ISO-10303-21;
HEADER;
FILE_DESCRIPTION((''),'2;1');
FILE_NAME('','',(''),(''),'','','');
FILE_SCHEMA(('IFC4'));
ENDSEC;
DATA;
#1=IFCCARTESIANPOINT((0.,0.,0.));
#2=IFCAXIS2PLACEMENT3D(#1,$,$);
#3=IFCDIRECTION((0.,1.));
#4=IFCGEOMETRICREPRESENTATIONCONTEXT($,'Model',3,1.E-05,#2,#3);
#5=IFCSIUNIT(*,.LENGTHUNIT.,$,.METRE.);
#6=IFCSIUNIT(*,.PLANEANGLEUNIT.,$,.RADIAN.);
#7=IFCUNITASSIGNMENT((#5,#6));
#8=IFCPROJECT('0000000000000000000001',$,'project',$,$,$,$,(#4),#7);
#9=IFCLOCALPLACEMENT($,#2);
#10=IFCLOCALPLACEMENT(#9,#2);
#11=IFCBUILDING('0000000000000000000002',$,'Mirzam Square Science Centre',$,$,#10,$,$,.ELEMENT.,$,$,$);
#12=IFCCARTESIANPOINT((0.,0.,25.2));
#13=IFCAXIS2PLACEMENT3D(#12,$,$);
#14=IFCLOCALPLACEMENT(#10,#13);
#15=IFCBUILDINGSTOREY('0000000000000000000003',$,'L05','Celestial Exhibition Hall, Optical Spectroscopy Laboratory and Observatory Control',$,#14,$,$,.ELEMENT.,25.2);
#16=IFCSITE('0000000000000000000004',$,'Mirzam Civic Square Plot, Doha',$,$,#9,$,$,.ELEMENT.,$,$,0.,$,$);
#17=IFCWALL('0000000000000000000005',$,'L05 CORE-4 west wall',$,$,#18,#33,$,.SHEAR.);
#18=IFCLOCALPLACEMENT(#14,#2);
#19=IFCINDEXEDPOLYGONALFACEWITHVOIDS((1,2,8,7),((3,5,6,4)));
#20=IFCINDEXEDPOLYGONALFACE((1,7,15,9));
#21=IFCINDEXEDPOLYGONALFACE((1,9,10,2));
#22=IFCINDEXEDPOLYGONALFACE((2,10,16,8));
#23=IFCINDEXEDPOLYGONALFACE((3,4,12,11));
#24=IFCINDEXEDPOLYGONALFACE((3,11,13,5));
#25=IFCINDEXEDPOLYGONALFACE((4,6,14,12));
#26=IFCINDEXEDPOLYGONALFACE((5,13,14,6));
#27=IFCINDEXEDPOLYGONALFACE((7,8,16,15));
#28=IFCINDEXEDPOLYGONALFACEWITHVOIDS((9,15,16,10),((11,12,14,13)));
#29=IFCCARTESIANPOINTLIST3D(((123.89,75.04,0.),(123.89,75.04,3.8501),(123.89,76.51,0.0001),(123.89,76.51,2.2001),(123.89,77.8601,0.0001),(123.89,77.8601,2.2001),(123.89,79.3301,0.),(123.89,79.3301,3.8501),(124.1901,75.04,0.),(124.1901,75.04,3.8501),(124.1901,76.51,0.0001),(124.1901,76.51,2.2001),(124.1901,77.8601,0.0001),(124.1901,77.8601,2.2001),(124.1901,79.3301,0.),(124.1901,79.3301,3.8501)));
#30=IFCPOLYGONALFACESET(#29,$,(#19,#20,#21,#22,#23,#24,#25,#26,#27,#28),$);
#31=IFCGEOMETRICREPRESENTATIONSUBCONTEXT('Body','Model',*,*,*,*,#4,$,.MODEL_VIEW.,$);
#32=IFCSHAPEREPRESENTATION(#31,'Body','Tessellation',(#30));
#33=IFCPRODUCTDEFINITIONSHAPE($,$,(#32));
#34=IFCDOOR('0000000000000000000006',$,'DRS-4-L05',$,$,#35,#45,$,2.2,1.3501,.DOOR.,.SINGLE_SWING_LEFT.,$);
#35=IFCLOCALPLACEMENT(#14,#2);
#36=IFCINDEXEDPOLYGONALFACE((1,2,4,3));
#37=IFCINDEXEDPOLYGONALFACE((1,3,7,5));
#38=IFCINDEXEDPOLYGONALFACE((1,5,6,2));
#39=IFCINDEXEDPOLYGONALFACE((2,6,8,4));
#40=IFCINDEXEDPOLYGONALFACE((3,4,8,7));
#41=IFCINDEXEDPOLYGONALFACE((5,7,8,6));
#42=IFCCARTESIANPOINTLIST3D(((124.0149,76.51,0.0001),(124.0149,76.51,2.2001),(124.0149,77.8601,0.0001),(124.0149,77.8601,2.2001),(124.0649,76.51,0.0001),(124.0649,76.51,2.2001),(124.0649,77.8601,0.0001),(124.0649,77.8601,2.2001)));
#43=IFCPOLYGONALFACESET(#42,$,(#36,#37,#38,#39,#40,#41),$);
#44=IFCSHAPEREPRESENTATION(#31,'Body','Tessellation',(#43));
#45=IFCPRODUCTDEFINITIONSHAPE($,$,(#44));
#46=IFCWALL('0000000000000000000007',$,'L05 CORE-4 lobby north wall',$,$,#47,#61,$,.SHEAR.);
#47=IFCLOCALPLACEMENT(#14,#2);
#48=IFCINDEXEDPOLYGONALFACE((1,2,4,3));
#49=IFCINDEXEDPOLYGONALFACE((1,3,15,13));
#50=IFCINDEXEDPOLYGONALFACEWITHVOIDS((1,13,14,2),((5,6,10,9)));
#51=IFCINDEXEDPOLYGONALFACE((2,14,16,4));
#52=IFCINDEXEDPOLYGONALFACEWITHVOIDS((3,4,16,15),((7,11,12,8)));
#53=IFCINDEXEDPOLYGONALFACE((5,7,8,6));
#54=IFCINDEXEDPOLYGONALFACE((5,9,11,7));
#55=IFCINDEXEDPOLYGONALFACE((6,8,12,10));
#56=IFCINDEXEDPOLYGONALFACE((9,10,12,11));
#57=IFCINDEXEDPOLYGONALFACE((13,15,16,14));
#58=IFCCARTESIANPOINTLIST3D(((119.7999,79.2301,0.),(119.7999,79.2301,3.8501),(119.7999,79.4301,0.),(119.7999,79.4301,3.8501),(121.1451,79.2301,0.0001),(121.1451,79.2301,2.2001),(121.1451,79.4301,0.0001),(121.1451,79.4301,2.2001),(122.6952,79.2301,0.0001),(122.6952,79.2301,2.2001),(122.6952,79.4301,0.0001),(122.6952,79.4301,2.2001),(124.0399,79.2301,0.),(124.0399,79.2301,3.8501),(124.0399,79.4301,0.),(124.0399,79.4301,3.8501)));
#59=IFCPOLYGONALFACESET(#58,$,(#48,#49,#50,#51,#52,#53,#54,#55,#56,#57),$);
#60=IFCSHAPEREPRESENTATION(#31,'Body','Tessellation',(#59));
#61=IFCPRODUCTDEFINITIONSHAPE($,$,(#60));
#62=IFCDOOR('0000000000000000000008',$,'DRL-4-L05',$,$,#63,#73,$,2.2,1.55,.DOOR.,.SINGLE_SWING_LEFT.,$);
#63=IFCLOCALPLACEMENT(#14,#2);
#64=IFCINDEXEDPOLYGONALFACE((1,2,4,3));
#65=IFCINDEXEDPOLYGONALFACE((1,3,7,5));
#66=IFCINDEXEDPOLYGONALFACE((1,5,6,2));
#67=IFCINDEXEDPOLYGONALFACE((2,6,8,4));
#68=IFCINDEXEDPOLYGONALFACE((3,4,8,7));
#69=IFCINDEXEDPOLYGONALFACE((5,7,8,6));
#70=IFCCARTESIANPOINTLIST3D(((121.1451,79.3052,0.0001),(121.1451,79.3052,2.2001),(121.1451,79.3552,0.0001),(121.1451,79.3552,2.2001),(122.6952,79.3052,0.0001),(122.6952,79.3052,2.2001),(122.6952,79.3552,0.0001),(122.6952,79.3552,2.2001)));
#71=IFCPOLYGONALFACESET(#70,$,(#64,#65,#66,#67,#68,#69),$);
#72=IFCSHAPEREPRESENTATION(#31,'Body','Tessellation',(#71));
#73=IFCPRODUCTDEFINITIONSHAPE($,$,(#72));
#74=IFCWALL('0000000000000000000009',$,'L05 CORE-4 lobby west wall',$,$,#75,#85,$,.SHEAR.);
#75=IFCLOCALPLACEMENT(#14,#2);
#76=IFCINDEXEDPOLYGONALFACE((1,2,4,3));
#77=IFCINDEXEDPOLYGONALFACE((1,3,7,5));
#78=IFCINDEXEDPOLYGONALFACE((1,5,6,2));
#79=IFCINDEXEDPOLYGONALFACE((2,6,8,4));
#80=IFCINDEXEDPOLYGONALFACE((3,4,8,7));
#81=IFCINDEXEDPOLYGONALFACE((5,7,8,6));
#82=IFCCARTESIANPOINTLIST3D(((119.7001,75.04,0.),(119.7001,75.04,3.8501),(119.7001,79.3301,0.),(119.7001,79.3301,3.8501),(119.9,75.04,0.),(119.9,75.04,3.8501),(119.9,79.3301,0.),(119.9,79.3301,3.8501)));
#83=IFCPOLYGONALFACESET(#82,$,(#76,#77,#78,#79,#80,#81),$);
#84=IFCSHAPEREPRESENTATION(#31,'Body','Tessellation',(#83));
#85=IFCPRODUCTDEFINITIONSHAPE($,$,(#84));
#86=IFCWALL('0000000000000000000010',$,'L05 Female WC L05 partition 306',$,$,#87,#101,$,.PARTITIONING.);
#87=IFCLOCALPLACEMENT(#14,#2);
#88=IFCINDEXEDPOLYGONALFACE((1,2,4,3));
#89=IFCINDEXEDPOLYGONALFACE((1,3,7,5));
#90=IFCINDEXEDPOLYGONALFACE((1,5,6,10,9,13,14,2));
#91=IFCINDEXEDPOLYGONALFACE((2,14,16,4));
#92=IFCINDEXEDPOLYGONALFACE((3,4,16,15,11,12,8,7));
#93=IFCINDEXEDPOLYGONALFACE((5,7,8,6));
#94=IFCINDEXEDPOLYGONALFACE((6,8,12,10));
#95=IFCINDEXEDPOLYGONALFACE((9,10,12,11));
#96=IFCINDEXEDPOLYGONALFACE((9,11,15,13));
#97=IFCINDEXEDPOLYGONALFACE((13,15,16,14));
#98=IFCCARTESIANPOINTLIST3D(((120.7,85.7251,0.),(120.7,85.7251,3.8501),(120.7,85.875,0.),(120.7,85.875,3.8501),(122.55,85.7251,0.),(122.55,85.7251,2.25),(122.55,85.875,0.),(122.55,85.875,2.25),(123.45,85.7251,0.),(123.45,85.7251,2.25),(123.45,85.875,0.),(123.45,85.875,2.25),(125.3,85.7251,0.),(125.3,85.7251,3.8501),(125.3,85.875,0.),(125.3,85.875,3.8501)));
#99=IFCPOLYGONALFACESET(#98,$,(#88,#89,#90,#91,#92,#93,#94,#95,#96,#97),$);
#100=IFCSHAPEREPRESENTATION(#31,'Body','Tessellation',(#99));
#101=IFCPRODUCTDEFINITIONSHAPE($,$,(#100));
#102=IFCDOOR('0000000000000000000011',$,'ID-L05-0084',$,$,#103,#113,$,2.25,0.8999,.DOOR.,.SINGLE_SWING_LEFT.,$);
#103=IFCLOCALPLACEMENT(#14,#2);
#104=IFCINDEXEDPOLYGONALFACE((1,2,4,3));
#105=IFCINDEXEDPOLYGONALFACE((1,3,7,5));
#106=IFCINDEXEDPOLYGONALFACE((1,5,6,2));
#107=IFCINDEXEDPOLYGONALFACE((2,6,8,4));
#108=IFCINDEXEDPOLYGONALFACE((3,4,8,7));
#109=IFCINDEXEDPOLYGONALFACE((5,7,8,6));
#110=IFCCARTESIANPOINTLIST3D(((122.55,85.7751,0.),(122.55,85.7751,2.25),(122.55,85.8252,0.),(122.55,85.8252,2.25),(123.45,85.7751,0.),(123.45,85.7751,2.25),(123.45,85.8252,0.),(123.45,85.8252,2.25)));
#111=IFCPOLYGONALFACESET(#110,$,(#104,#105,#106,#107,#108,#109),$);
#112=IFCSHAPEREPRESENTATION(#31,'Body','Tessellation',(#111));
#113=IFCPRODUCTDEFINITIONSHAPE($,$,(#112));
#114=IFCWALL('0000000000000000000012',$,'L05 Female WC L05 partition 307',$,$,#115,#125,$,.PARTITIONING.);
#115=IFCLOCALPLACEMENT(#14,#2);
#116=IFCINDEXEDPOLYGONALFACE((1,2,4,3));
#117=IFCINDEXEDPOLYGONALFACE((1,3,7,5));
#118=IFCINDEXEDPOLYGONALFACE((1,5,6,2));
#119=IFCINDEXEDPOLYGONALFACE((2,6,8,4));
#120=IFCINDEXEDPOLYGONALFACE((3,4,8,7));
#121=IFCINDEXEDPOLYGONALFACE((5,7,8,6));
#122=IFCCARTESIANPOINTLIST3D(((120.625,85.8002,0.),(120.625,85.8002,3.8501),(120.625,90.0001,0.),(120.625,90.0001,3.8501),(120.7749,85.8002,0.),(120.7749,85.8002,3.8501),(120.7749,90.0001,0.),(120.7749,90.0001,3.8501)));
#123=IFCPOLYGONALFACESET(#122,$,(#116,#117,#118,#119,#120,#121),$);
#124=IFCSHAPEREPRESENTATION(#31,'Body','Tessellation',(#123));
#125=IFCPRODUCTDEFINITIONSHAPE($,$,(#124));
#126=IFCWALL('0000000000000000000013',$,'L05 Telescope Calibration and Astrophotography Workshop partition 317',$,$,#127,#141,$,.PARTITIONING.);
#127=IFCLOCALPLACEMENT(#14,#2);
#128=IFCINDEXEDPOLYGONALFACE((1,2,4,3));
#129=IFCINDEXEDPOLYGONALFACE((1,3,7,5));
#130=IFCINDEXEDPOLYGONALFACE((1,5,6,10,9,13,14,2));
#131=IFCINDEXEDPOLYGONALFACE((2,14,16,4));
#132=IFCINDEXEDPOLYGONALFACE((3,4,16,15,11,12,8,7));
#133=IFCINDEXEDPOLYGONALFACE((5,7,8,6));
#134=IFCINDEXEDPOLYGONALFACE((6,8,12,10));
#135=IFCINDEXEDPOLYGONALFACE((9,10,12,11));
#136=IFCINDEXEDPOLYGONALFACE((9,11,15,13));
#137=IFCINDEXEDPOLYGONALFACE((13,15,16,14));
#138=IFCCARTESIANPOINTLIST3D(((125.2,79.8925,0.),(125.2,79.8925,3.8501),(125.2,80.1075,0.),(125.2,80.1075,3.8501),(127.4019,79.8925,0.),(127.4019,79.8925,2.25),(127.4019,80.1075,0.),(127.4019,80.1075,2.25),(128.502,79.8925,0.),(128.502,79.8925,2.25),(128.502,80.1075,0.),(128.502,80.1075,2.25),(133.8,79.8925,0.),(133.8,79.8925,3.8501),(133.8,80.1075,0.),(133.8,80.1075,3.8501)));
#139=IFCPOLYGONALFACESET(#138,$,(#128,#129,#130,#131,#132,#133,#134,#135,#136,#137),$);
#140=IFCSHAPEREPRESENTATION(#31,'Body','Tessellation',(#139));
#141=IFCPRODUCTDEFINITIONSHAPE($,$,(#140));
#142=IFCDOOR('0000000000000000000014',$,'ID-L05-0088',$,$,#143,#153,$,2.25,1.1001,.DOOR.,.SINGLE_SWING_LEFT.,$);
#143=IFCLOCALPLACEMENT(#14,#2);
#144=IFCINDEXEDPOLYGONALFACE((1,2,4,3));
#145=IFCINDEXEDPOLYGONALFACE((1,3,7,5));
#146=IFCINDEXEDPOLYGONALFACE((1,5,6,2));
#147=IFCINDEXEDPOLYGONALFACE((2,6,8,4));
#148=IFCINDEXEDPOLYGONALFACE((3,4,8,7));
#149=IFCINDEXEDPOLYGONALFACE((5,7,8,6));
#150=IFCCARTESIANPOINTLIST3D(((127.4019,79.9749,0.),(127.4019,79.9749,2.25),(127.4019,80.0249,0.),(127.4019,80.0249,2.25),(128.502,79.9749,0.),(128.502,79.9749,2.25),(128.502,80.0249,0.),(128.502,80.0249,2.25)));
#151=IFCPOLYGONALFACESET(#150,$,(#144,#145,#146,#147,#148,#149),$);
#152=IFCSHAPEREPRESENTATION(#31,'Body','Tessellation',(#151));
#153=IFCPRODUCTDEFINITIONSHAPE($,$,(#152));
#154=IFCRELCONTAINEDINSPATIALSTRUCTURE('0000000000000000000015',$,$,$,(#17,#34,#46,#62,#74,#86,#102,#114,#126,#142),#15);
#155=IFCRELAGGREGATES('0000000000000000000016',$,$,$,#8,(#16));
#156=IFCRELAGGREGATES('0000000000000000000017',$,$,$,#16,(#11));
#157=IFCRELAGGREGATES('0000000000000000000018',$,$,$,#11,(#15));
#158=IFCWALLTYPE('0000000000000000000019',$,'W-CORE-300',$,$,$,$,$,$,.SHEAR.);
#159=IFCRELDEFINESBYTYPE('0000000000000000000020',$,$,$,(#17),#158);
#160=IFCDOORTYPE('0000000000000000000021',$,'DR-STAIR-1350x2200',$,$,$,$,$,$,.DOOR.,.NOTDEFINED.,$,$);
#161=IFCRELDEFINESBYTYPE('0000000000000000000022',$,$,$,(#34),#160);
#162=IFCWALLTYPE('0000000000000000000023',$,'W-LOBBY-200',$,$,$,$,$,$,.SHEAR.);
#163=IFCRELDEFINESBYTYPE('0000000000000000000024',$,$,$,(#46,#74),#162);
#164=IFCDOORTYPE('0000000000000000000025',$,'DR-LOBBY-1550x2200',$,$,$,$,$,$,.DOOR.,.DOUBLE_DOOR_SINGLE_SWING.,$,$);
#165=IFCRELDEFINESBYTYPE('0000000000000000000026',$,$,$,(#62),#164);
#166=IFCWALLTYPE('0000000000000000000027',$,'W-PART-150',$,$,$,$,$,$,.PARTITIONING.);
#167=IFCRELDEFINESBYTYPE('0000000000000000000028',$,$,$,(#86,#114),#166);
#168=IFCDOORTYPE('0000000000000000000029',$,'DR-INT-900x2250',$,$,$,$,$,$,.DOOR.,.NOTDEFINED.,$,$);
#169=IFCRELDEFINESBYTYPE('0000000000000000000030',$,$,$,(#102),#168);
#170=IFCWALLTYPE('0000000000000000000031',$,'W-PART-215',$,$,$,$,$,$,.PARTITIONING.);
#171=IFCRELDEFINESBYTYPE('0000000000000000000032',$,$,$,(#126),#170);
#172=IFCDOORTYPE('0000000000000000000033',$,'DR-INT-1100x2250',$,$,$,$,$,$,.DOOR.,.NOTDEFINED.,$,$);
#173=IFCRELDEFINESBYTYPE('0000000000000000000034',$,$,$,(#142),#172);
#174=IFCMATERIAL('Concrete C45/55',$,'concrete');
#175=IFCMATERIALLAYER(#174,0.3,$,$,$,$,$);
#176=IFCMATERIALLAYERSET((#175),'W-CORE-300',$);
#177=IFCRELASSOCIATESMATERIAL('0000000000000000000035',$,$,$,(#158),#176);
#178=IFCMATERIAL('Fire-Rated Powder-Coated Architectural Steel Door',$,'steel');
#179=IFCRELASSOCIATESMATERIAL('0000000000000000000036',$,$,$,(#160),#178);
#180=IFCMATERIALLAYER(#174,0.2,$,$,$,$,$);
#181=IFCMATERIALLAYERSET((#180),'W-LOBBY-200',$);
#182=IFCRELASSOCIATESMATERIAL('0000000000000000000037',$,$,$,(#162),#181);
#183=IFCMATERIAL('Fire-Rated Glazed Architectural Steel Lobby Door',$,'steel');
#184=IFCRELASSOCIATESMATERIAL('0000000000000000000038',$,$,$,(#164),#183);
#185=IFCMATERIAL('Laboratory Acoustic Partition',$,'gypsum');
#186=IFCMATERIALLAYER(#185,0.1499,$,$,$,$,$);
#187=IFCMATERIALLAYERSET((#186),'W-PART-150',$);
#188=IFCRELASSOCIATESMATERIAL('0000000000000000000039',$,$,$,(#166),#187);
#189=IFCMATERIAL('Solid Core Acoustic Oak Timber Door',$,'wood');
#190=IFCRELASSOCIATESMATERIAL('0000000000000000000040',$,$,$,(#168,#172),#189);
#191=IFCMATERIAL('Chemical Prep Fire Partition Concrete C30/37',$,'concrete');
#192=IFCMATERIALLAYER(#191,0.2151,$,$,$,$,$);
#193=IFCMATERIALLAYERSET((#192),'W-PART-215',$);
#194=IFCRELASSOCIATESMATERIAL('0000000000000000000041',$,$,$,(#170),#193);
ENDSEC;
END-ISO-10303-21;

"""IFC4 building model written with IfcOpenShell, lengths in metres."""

from ifc_helpers import new_model, si_unit, direction, frame, frame_2d, origin, place, context, subcontext, project, spatial, rectangle, extrude, material, layer, layer_set, type_object, element, fill, save


model = new_model("IFC4")

# Units and contexts
model_context = context("Model", 3, precision=1e-05, world=origin(), true_north=direction((0.0, 1.0)))
body_context = subcontext(model_context, "Body", "Model", "MODEL_VIEW")
ifc_project = project(units=[si_unit("LENGTHUNIT", "METRE"), si_unit("PLANEANGLEUNIT", "RADIAN")], contexts=[model_context])

# Site, building, storey
site_placement = place(None, origin())
site = spatial("IfcSite", under=ifc_project, at=site_placement, Name="Mirzam Civic Square Plot, Doha", CompositionType="ELEMENT", RefElevation=0.0)
building_placement = place(site_placement, origin())
building = spatial("IfcBuilding", under=site, at=building_placement, Name="Mirzam Square Science Centre", CompositionType="ELEMENT")
storey_placement = place(building_placement, frame((0.0, 0.0, 25.2)))
storey = spatial("IfcBuildingStorey", under=building, at=storey_placement, Name="L05", Description="Celestial Exhibition Hall, Optical Spectroscopy Laboratory and Observatory Control", CompositionType="ELEMENT", Elevation=25.2)

# Walls, openings, doors
ifc_material_1 = material(Name="Concrete C45/55", Category="concrete")
ifc_layer_1 = layer(ifc_material_1, 0.3)
ifc_layer_set_1 = layer_set([ifc_layer_1], Name="W-CORE-300")
wall_type_1 = type_object("IfcWallType", Name="W-CORE-300", PredefinedType="SHEAR", material=ifc_layer_set_1)
wall_1_placement = place(storey_placement, frame((124.04, 79.3301, 0.0), z_axis=(0.0, 0.0, 1.0), x_axis=(0.0, -1.0, 0.0)))
wall_1 = element("IfcWall", 1, at=wall_1_placement, inside=storey, type_object=wall_type_1, Name="L05 CORE-4 west wall", PredefinedType="SHEAR", context=body_context, shape_type="SweptSolid", body=[
    extrude(rectangle(XDim=4.29, YDim=0.3, at=frame_2d((2.145, 0.0))), origin(), (0.0, 0.0, 1.0), 3.8501),
])
opening_1_placement = place(wall_1_placement, frame((1.47, 0.0, 0.0)))
opening_1 = element("IfcOpeningElement", 2, at=opening_1_placement, cuts=wall_1, PredefinedType="OPENING", context=body_context, shape_type="SweptSolid", body=[
    extrude(rectangle(XDim=1.3501, YDim=2.2, at=frame_2d((0.675, 1.1001))), frame((0.0, 0.1599, 0.0), z_axis=(0.0, -1.0, 0.0), x_axis=(1.0, 0.0, 0.0)), (0.0, 0.0, 1.0), 0.3201),
])
ifc_material_2 = material(Name="Fire-Rated Powder-Coated Architectural Steel Door", Category="steel")
door_type_1 = type_object("IfcDoorType", Name="DR-STAIR-1350x2200", OperationType="NOTDEFINED", PredefinedType="DOOR", material=ifc_material_2)
door_1_placement = place(opening_1_placement, origin())
door_1 = element("IfcDoor", 3, at=door_1_placement, inside=storey, type_object=door_type_1, Name="DRS-4-L05", OperationType="SINGLE_SWING_LEFT", OverallHeight=2.2, OverallWidth=1.3501, PredefinedType="DOOR", context=body_context, shape_type="SweptSolid", body=[
    extrude(rectangle(XDim=1.3501, YDim=2.2, at=frame_2d((0.675, 1.1001))), frame((0.0, 0.0249, 0.0), z_axis=(0.0, -1.0, 0.0), x_axis=(1.0, 0.0, 0.0)), (0.0, 0.0, 1.0), 0.05),
])
fill(opening_1, door_1)
ifc_layer_2 = layer(ifc_material_1, 0.2)
ifc_layer_set_2 = layer_set([ifc_layer_2], Name="W-LOBBY-200")
wall_type_2 = type_object("IfcWallType", Name="W-LOBBY-200", PredefinedType="SHEAR", material=ifc_layer_set_2)
wall_2_placement = place(storey_placement, frame((124.04, 79.3301, 0.0), z_axis=(0.0, 0.0, 1.0), x_axis=(-1.0, 0.0, 0.0)))
wall_2 = element("IfcWall", 4, at=wall_2_placement, inside=storey, type_object=wall_type_2, Name="L05 CORE-4 lobby north wall", PredefinedType="SHEAR", context=body_context, shape_type="SweptSolid", body=[
    extrude(rectangle(XDim=4.24, YDim=0.2, at=frame_2d((2.1201, 0.0))), origin(), (0.0, 0.0, 1.0), 3.8501),
])
opening_2_placement = place(wall_2_placement, frame((1.345, 0.0, 0.0)))
opening_2 = element("IfcOpeningElement", 5, at=opening_2_placement, cuts=wall_2, PredefinedType="OPENING", context=body_context, shape_type="SweptSolid", body=[
    extrude(rectangle(XDim=1.55, YDim=2.2, at=frame_2d((0.7749, 1.1001))), frame((0.0, 0.1099, 0.0), z_axis=(0.0, -1.0, 0.0), x_axis=(1.0, 0.0, 0.0)), (0.0, 0.0, 1.0), 0.22),
])
ifc_material_3 = material(Name="Fire-Rated Glazed Architectural Steel Lobby Door", Category="steel")
door_type_2 = type_object("IfcDoorType", Name="DR-LOBBY-1550x2200", OperationType="DOUBLE_DOOR_SINGLE_SWING", PredefinedType="DOOR", material=ifc_material_3)
door_2_placement = place(opening_2_placement, origin())
door_2 = element("IfcDoor", 6, at=door_2_placement, inside=storey, type_object=door_type_2, Name="DRL-4-L05", OperationType="SINGLE_SWING_LEFT", OverallHeight=2.2, OverallWidth=1.55, PredefinedType="DOOR", context=body_context, shape_type="SweptSolid", body=[
    extrude(rectangle(XDim=1.55, YDim=2.2, at=frame_2d((0.7749, 1.1001))), frame((0.0, 0.0249, 0.0), z_axis=(0.0, -1.0, 0.0), x_axis=(1.0, 0.0, 0.0)), (0.0, 0.0, 1.0), 0.05),
])
fill(opening_2, door_2)

# Wall
wall_3_placement = place(storey_placement, frame((119.8, 79.3301, 0.0), z_axis=(0.0, 0.0, 1.0), x_axis=(0.0, -1.0, 0.0)))
element("IfcWall", 7, at=wall_3_placement, inside=storey, type_object=wall_type_2, Name="L05 CORE-4 lobby west wall", PredefinedType="SHEAR", context=body_context, shape_type="SweptSolid", body=[
    extrude(rectangle(XDim=4.29, YDim=0.2, at=frame_2d((2.145, 0.0))), origin(), (0.0, 0.0, 1.0), 3.8501),
])

# Wall, opening, door
ifc_material_4 = material(Name="Laboratory Acoustic Partition", Category="gypsum")
ifc_layer_3 = layer(ifc_material_4, 0.1499)
ifc_layer_set_3 = layer_set([ifc_layer_3], Name="W-PART-150")
wall_type_3 = type_object("IfcWallType", Name="W-PART-150", PredefinedType="PARTITIONING", material=ifc_layer_set_3)
wall_4_placement = place(storey_placement, frame((125.3, 85.8, 0.0), z_axis=(0.0, 0.0, 1.0), x_axis=(-1.0, 0.0, 0.0)))
wall_4 = element("IfcWall", 8, at=wall_4_placement, inside=storey, type_object=wall_type_3, Name="L05 Female WC L05 partition 306", PredefinedType="PARTITIONING", context=body_context, shape_type="SweptSolid", body=[
    extrude(rectangle(XDim=4.6001, YDim=0.1499, at=frame_2d((2.3, 0.0))), origin(), (0.0, 0.0, 1.0), 3.8501),
])
opening_3_placement = place(wall_4_placement, frame((1.8501, 0.0, 0.0)))
opening_3 = element("IfcOpeningElement", 9, at=opening_3_placement, cuts=wall_4, PredefinedType="OPENING", context=body_context, shape_type="SweptSolid", body=[
    extrude(rectangle(XDim=0.8999, YDim=2.25, at=frame_2d((0.45, 1.125))), frame((0.0, 0.085, 0.0), z_axis=(0.0, -1.0, 0.0), x_axis=(1.0, 0.0, 0.0)), (0.0, 0.0, 1.0), 0.1699),
])
ifc_material_5 = material(Name="Solid Core Acoustic Oak Timber Door", Category="wood")
door_type_3 = type_object("IfcDoorType", Name="DR-INT-900x2250", OperationType="NOTDEFINED", PredefinedType="DOOR", material=ifc_material_5)
door_3_placement = place(opening_3_placement, origin())
door_3 = element("IfcDoor", 10, at=door_3_placement, inside=storey, type_object=door_type_3, Name="ID-L05-0084", OperationType="SINGLE_SWING_LEFT", OverallHeight=2.25, OverallWidth=0.8999, PredefinedType="DOOR", context=body_context, shape_type="SweptSolid", body=[
    extrude(rectangle(XDim=0.8999, YDim=2.25, at=frame_2d((0.45, 1.125))), frame((0.0, 0.0249, 0.0), z_axis=(0.0, -1.0, 0.0), x_axis=(1.0, 0.0, 0.0)), (0.0, 0.0, 1.0), 0.05),
])
fill(opening_3, door_3)

# Wall
wall_5_placement = place(storey_placement, frame((120.7, 85.8, 0.0), z_axis=(0.0, 0.0, 1.0), x_axis=(0.0, 1.0, 0.0)))
element("IfcWall", 11, at=wall_5_placement, inside=storey, type_object=wall_type_3, Name="L05 Female WC L05 partition 307", PredefinedType="PARTITIONING", context=body_context, shape_type="SweptSolid", body=[
    extrude(rectangle(XDim=4.2, YDim=0.1499, at=frame_2d((2.1001, 0.0))), origin(), (0.0, 0.0, 1.0), 3.8501),
])

# Wall, opening, door
ifc_material_6 = material(Name="Chemical Prep Fire Partition Concrete C30/37", Category="concrete")
ifc_layer_4 = layer(ifc_material_6, 0.2151)
ifc_layer_set_4 = layer_set([ifc_layer_4], Name="W-PART-215")
wall_type_4 = type_object("IfcWallType", Name="W-PART-215", PredefinedType="PARTITIONING", material=ifc_layer_set_4)
wall_6_placement = place(storey_placement, frame((125.2, 80.0, 0.0), z_axis=(0.0, 0.0, 1.0), x_axis=(1.0, 0.0, 0.0)))
wall_6 = element("IfcWall", 12, at=wall_6_placement, inside=storey, type_object=wall_type_4, Name="L05 Telescope Calibration and Astrophotography Workshop partition 317", PredefinedType="PARTITIONING", context=body_context, shape_type="SweptSolid", body=[
    extrude(rectangle(XDim=8.6001, YDim=0.2151, at=frame_2d((4.3, 0.0))), origin(), (0.0, 0.0, 1.0), 3.8501),
])
opening_4_placement = place(wall_6_placement, frame((2.2019, 0.0, 0.0)))
opening_4 = element("IfcOpeningElement", 13, at=opening_4_placement, cuts=wall_6, PredefinedType="OPENING", context=body_context, shape_type="SweptSolid", body=[
    extrude(rectangle(XDim=1.1001, YDim=2.25, at=frame_2d((0.55, 1.125))), frame((0.0, 0.1174, 0.0), z_axis=(0.0, -1.0, 0.0), x_axis=(1.0, 0.0, 0.0)), (0.0, 0.0, 1.0), 0.2351),
])
door_type_4 = type_object("IfcDoorType", Name="DR-INT-1100x2250", OperationType="NOTDEFINED", PredefinedType="DOOR", material=ifc_material_5)
door_4_placement = place(opening_4_placement, origin())
door_4 = element("IfcDoor", 14, at=door_4_placement, inside=storey, type_object=door_type_4, Name="ID-L05-0088", OperationType="SINGLE_SWING_LEFT", OverallHeight=2.25, OverallWidth=1.1001, PredefinedType="DOOR", context=body_context, shape_type="SweptSolid", body=[
    extrude(rectangle(XDim=1.1001, YDim=2.25, at=frame_2d((0.55, 1.125))), frame((0.0, 0.0249, 0.0), z_axis=(0.0, -1.0, 0.0), x_axis=(1.0, 0.0, 0.0)), (0.0, 0.0, 1.0), 0.05),
])
fill(opening_4, door_4)

save(model, "model.ifc")
